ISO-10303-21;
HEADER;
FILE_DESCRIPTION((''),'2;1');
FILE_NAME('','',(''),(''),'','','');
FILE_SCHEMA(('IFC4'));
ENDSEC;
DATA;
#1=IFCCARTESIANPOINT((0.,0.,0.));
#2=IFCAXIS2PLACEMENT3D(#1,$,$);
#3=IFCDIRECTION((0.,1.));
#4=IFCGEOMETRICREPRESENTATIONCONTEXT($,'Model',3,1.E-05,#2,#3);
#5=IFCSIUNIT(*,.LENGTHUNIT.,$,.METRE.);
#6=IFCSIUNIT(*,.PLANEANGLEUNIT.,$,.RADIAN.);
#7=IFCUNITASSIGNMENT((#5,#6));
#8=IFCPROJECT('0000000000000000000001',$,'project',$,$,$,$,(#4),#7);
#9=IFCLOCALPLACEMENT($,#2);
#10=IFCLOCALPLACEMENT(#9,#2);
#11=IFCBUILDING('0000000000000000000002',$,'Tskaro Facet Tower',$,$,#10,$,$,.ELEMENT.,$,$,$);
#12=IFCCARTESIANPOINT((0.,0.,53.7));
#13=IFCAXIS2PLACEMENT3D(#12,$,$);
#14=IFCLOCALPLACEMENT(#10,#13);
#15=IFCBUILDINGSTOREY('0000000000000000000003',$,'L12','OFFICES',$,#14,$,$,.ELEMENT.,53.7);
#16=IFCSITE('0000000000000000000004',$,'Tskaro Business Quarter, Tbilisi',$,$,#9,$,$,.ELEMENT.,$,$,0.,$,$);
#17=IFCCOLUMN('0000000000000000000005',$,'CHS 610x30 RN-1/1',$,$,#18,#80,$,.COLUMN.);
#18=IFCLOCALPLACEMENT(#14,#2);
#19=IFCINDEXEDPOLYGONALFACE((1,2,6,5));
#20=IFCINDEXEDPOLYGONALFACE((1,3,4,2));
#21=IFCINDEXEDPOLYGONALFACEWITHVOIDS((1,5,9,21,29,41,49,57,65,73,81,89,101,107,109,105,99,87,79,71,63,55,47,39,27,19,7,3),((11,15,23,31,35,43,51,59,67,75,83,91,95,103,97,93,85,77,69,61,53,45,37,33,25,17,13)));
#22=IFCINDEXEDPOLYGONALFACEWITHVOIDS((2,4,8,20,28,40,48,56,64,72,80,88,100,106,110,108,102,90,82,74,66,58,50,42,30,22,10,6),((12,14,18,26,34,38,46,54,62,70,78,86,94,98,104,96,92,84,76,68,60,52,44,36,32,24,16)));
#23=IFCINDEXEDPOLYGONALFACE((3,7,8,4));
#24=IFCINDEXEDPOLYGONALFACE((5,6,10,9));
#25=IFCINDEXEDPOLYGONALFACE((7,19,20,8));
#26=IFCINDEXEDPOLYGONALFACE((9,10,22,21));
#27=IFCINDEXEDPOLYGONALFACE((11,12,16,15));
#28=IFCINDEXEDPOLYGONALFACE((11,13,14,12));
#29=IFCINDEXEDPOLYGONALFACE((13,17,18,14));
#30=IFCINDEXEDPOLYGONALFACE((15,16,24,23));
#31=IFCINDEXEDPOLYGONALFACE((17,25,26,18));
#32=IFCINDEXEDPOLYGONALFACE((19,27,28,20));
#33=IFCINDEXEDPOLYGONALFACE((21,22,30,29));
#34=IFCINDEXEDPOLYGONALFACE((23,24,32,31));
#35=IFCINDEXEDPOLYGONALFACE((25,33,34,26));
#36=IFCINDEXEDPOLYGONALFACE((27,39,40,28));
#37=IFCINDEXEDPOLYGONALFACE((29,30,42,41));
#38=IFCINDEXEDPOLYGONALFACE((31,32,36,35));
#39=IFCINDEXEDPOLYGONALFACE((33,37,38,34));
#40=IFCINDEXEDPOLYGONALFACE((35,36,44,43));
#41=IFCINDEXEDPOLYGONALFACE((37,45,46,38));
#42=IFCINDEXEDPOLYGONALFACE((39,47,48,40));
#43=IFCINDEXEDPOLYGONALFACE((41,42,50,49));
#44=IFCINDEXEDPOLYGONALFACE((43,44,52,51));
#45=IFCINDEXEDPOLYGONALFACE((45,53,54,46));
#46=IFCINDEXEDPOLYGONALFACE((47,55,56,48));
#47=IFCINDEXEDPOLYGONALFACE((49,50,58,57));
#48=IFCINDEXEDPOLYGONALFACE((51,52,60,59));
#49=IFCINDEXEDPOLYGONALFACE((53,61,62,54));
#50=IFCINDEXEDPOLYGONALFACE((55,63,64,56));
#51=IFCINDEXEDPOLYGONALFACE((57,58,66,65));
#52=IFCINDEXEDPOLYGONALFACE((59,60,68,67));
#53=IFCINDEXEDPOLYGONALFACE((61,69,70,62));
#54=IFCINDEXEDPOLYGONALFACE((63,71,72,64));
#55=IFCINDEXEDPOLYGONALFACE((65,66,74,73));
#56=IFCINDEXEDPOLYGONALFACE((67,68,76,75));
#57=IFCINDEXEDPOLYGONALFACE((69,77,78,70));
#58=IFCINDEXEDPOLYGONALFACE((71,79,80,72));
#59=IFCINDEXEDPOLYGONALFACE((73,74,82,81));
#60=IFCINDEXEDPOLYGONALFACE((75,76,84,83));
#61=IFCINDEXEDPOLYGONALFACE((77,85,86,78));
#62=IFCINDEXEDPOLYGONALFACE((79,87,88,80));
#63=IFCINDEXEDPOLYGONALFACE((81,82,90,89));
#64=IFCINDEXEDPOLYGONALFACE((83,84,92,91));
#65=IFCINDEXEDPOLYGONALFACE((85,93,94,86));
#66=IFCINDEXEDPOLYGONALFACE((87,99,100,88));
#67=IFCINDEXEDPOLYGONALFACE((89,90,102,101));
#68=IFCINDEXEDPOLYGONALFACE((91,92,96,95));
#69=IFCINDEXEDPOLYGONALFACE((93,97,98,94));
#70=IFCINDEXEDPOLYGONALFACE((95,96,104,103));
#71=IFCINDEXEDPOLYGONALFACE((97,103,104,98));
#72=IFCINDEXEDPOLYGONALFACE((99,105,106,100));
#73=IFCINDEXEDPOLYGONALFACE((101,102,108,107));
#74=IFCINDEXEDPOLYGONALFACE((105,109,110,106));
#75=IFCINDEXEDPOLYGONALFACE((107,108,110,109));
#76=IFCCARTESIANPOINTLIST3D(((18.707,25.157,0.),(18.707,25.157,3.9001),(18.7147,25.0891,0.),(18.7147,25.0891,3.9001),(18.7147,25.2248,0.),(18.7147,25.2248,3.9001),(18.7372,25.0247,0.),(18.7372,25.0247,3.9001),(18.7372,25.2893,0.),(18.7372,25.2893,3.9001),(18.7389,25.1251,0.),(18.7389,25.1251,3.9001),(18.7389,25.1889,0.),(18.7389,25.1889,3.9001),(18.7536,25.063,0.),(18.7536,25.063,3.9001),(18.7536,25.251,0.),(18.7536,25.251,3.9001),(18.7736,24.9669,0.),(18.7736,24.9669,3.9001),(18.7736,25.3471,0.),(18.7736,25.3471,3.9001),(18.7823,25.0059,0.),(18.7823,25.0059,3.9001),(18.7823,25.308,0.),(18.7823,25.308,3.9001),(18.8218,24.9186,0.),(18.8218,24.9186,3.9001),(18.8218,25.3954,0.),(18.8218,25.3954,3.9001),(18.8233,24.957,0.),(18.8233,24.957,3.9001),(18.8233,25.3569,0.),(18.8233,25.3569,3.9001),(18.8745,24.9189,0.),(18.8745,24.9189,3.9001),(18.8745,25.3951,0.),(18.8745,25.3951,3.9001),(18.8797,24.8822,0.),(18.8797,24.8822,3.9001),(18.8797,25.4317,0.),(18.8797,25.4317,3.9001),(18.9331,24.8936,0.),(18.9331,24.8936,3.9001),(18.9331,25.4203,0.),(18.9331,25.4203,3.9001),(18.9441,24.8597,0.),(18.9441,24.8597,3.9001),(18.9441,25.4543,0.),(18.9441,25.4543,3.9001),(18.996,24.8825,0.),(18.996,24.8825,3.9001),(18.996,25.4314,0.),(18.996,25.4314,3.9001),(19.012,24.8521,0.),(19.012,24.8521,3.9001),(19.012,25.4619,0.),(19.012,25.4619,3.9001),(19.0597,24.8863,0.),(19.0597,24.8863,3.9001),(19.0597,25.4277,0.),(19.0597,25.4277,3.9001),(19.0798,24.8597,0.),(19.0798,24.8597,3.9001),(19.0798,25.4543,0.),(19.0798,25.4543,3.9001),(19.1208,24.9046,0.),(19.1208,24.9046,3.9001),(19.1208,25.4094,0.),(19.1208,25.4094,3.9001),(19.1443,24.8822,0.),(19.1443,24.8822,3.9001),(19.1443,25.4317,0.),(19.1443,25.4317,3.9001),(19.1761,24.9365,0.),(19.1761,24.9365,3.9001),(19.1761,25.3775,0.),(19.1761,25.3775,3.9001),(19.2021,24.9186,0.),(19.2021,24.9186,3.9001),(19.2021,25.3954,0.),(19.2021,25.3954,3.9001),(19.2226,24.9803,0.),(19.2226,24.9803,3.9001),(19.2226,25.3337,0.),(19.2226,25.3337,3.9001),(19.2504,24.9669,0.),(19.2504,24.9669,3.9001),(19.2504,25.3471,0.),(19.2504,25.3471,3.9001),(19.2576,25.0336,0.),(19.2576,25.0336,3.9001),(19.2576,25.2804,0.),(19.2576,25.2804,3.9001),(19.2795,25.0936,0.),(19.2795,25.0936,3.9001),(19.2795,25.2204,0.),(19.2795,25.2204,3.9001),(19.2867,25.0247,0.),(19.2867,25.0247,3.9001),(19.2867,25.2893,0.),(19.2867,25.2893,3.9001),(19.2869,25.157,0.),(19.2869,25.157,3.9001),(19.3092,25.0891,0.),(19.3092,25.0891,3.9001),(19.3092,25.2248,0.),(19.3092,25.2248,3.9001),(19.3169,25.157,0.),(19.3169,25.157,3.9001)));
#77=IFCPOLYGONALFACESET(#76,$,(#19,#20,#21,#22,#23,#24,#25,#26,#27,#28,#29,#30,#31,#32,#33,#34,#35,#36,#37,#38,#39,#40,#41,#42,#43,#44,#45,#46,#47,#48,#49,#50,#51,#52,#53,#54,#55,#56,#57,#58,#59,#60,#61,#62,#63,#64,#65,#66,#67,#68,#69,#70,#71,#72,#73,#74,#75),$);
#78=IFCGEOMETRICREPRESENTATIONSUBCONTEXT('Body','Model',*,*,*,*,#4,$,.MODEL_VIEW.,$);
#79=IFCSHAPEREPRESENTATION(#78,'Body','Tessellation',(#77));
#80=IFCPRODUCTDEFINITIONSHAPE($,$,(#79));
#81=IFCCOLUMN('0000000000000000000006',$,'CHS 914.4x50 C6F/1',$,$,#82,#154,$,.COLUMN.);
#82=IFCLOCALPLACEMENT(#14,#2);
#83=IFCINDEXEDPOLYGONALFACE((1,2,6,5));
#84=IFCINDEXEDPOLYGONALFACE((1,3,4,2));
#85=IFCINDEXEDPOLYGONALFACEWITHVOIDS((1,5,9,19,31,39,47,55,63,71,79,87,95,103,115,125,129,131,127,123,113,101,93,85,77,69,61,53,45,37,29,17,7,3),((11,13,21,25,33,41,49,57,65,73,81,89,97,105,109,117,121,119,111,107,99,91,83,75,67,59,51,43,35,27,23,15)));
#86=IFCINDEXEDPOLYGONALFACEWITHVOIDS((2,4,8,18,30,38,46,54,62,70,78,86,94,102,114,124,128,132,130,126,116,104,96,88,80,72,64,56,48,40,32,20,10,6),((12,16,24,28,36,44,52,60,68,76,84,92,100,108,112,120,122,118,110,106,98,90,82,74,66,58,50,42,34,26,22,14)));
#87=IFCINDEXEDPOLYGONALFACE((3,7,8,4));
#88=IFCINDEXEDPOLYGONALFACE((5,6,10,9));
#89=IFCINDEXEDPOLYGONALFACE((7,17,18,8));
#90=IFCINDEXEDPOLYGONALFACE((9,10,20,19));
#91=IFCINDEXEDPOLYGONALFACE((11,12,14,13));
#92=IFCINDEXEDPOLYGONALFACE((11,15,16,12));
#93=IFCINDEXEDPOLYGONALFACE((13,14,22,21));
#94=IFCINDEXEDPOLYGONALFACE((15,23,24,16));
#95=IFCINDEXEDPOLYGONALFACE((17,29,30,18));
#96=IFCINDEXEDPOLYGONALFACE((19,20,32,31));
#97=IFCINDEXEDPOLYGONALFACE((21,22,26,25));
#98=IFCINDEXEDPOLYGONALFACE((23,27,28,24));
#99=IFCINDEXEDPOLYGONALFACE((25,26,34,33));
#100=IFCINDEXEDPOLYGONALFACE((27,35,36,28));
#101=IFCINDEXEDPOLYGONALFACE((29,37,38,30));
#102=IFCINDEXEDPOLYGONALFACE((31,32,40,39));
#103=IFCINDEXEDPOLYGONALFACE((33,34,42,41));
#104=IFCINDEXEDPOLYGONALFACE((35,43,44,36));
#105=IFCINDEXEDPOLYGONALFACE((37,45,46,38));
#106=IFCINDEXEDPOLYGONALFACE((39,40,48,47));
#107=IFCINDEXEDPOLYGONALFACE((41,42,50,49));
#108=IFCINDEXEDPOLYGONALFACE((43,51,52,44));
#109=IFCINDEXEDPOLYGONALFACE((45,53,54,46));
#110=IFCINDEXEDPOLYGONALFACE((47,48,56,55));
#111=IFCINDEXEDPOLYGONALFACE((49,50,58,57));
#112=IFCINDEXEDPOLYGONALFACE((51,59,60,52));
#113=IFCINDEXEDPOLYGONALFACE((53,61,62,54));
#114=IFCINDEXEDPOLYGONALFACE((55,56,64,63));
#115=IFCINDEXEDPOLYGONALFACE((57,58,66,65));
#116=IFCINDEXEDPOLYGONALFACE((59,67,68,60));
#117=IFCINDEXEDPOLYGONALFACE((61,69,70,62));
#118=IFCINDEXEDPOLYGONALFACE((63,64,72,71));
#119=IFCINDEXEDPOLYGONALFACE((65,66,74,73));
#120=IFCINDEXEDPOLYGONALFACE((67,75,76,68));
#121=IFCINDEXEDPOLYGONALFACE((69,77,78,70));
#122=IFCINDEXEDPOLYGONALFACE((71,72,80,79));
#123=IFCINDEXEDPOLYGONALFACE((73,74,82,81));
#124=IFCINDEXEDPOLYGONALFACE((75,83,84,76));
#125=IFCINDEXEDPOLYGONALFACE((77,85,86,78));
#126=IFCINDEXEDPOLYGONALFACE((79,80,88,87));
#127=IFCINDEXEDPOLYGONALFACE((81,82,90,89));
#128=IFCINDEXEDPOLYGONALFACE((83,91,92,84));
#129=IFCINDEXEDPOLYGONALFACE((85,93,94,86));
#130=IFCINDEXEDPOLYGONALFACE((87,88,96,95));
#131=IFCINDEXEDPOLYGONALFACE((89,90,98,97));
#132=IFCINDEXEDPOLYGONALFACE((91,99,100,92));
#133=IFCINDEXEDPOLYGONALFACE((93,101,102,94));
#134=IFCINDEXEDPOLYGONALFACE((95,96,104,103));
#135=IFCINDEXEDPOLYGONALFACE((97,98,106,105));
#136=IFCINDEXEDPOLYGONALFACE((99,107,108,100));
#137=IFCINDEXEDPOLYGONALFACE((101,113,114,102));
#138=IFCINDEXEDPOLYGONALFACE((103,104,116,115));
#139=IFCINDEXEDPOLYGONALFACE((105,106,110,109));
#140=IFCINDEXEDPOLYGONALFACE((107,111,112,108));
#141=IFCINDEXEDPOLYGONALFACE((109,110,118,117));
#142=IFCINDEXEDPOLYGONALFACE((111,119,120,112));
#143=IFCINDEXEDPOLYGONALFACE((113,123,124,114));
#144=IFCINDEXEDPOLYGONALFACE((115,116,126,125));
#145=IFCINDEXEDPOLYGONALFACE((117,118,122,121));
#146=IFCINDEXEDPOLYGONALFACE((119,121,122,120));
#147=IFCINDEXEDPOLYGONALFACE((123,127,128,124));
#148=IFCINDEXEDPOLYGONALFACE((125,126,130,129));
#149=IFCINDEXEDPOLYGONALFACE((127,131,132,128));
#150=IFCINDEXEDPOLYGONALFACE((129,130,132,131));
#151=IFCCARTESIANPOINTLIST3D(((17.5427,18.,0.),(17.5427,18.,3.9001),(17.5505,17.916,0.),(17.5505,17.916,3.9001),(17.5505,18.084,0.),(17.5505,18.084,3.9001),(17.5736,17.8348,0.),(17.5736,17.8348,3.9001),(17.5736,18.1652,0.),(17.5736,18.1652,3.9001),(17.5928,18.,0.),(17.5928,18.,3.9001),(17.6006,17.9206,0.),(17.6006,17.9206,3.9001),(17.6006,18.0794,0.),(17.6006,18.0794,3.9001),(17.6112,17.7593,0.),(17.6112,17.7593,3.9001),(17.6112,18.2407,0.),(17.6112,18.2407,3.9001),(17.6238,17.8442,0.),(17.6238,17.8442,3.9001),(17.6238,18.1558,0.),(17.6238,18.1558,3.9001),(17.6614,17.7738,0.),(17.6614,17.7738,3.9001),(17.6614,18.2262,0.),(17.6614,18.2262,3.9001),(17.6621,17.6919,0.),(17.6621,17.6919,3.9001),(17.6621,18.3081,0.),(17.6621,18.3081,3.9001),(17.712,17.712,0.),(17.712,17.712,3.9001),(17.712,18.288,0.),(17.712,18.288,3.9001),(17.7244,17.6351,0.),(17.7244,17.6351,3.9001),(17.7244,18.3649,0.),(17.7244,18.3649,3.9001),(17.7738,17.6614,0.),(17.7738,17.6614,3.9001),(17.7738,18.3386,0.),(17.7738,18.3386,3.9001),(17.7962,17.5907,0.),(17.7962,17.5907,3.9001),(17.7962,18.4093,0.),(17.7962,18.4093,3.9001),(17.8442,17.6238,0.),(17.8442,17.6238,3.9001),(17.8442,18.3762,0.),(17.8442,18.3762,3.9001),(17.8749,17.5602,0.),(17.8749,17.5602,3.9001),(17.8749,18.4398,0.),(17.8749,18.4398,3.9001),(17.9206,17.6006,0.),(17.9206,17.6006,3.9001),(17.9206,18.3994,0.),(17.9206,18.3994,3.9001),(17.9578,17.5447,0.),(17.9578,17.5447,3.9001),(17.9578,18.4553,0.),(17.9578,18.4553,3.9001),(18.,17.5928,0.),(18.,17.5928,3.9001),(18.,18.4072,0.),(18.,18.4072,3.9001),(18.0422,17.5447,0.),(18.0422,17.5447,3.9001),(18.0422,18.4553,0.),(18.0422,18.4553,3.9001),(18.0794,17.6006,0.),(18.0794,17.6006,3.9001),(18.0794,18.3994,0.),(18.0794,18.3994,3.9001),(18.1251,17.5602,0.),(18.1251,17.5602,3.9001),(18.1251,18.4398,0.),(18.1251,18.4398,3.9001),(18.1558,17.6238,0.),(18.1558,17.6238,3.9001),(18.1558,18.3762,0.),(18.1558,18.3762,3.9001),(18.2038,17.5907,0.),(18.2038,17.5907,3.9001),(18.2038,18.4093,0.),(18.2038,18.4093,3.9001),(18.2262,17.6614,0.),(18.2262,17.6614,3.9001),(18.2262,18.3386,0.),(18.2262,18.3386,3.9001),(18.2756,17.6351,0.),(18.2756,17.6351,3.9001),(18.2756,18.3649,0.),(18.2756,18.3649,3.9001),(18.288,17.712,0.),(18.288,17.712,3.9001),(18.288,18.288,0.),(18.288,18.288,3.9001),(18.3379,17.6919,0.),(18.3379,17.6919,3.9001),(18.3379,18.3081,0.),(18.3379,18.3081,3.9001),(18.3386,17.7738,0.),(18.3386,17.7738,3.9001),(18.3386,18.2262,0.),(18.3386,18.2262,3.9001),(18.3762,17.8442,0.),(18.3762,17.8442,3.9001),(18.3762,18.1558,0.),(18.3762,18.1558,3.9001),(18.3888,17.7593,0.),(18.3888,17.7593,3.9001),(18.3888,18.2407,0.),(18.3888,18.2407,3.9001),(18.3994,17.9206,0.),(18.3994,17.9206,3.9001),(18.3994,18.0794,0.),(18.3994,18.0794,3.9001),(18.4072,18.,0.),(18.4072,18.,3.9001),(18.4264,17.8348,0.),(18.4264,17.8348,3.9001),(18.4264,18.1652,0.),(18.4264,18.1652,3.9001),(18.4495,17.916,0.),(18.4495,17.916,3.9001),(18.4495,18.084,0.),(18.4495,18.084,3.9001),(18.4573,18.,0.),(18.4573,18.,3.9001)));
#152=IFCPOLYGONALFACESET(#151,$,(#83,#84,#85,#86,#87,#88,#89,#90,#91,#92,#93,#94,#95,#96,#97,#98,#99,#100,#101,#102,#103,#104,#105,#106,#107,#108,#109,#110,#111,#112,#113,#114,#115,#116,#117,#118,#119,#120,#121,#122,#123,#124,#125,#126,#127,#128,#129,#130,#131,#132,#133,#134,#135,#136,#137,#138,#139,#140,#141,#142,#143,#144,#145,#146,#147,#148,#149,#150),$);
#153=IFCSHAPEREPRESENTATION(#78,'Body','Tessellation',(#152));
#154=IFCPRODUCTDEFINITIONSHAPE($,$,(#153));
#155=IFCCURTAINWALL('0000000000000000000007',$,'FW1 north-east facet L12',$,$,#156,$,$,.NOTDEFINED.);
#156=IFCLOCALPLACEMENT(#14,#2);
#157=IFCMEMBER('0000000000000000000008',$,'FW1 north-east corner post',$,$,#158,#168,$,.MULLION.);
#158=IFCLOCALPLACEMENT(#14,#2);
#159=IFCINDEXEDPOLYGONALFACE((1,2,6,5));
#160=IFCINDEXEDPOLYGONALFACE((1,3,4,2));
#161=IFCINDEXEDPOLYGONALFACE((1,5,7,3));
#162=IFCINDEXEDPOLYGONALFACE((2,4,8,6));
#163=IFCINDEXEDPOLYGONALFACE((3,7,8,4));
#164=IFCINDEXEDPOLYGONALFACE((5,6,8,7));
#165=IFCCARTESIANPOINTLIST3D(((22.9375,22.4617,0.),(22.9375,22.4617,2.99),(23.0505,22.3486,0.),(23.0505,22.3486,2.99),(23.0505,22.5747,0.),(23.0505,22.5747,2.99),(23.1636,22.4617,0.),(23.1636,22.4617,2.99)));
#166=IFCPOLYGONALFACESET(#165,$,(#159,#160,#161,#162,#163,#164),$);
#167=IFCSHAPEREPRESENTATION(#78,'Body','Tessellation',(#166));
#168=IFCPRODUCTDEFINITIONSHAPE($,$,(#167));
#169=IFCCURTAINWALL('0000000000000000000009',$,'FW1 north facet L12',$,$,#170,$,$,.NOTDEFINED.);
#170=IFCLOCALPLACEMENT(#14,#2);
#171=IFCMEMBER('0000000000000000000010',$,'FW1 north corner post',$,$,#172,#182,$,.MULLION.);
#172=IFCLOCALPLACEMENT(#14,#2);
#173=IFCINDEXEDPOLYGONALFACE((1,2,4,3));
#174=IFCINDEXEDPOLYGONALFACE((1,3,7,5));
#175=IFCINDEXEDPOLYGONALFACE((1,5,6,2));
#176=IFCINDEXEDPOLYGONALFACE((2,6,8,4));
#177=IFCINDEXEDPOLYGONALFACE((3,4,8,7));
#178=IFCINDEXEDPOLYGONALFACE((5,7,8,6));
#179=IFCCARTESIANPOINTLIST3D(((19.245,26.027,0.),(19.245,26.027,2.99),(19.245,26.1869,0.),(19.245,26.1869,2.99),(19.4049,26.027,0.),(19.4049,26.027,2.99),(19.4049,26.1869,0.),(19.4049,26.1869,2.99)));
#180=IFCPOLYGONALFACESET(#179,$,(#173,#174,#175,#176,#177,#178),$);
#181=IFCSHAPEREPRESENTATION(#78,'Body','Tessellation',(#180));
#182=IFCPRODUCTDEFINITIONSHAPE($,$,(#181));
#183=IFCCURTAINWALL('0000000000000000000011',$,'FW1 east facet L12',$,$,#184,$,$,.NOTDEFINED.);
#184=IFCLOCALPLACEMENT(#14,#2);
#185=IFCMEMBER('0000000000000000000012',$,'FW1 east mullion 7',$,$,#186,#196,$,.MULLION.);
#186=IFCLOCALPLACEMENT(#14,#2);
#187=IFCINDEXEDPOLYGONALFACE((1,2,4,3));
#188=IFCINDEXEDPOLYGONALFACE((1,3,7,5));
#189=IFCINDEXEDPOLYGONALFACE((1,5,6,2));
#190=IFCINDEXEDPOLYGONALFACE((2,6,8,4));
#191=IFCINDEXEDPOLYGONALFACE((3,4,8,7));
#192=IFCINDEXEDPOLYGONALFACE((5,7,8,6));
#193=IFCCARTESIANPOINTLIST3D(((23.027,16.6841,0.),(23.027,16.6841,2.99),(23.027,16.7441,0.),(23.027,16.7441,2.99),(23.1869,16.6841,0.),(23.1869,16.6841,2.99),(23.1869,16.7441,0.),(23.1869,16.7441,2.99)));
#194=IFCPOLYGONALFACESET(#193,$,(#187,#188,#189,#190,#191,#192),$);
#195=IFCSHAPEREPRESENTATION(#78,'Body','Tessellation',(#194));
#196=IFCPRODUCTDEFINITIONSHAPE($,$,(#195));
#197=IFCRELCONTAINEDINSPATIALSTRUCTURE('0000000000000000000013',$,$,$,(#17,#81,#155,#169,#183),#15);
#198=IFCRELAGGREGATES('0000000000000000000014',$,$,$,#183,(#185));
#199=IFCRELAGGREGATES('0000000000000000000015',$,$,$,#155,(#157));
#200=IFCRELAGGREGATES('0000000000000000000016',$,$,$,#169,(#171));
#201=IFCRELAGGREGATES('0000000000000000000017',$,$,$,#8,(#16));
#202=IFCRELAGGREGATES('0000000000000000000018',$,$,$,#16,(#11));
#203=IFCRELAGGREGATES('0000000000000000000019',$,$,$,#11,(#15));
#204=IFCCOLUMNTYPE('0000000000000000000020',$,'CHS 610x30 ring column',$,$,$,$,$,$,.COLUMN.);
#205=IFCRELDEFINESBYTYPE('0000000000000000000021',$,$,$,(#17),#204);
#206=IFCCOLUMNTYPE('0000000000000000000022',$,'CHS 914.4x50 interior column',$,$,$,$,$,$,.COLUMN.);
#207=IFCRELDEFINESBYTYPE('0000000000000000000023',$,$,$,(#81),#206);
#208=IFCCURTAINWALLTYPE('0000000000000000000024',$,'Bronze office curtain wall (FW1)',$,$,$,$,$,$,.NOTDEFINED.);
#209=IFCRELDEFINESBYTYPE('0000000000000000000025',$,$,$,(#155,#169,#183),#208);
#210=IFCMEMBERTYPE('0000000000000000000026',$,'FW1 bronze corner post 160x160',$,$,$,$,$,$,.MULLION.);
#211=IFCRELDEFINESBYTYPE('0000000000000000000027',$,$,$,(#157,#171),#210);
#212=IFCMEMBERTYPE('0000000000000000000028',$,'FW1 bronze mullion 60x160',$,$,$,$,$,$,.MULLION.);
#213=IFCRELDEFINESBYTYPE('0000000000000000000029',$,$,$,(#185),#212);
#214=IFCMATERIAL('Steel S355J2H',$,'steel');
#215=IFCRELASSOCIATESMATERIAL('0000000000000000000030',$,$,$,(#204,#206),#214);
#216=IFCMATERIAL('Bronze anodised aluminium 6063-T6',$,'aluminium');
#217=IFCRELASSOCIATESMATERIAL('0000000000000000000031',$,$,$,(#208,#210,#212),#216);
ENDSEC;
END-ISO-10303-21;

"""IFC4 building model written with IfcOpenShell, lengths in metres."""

from ifc_helpers import new_model, si_unit, direction, frame, origin, origin_2d, place, context, subcontext, project, spatial, rectangle, hollow_circle, extrude, material, material_profile, profile_set, type_object, element, aggregate, save


model = new_model("IFC4")

# Units and contexts
model_context = context("Model", 3, precision=1e-05, world=origin(), true_north=direction((0.0, 1.0)))
body_context = subcontext(model_context, "Body", "Model", "MODEL_VIEW")
ifc_project = project(units=[si_unit("LENGTHUNIT", "METRE"), si_unit("PLANEANGLEUNIT", "RADIAN")], contexts=[model_context])

# Site, building, storey
site_placement = place(None, origin())
site = spatial("IfcSite", under=ifc_project, at=site_placement, Name="Tskaro Business Quarter, Tbilisi", CompositionType="ELEMENT", RefElevation=0.0)
building_placement = place(site_placement, origin())
building = spatial("IfcBuilding", under=site, at=building_placement, Name="Tskaro Facet Tower", CompositionType="ELEMENT")
storey_placement = place(building_placement, frame((0.0, 0.0, 53.7)))
storey = spatial("IfcBuildingStorey", under=building, at=storey_placement, Name="L12", Description="OFFICES", CompositionType="ELEMENT", Elevation=53.7)

# Columns
ifc_material_1 = material(Name="Steel S355J2H", Category="steel")
ifc_material_profile_1 = material_profile(ifc_material_1, hollow_circle(Radius=0.3049, WallThickness=0.03, at=origin_2d()), Name="CHS 610x30")
ifc_profile_set_1 = profile_set([ifc_material_profile_1], Name="Steel S355J2H")
column_type_1 = type_object("IfcColumnType", Name="CHS 610x30 ring column", PredefinedType="COLUMN", material=ifc_profile_set_1)
for number, where, z_axis, x_axis, name in (
    (1, (19.012, 25.157, 0.0), (0.0, 0.0, 1.0), (1.0, 0.0, 0.0), "CHS 610x30 RN-1/1"),
):
    element("IfcColumn", number, at=place(storey_placement, frame(where, z_axis=z_axis, x_axis=x_axis)), inside=storey, type_object=column_type_1, Name=name, PredefinedType="COLUMN", context=body_context, shape_type="SweptSolid", body=[
        extrude(hollow_circle(Radius=0.3049, WallThickness=0.03, at=origin_2d()), origin(), (0.0, 0.0, 1.0), 3.9001),
    ])
ifc_material_profile_2 = material_profile(ifc_material_1, hollow_circle(Radius=0.4573, WallThickness=0.05, at=origin_2d()), Name="CHS 914.4x50")
ifc_profile_set_2 = profile_set([ifc_material_profile_2], Name="Steel S355J2H")
column_type_2 = type_object("IfcColumnType", Name="CHS 914.4x50 interior column", PredefinedType="COLUMN", material=ifc_profile_set_2)
column_placement = place(storey_placement, frame((18.0, 18.0, 0.0), z_axis=(0.0, 0.0, 1.0), x_axis=(1.0, 0.0, 0.0)))
element("IfcColumn", 2, at=column_placement, inside=storey, type_object=column_type_2, Name="CHS 914.4x50 C6F/1", PredefinedType="COLUMN", context=body_context, shape_type="SweptSolid", body=[
    extrude(hollow_circle(Radius=0.4573, WallThickness=0.05, at=origin_2d()), origin(), (0.0, 0.0, 1.0), 3.9001),
])

# Curtain walls, members
ifc_material_2 = material(Name="Bronze anodised aluminium 6063-T6", Category="aluminium")
curtain_wall_type = type_object("IfcCurtainWallType", Name="Bronze office curtain wall (FW1)", PredefinedType="NOTDEFINED", material=ifc_material_2)
curtain_wall_1_placement = place(storey_placement, origin())
curtain_wall_1 = element("IfcCurtainWall", 3, at=curtain_wall_1_placement, inside=storey, type_object=curtain_wall_type, Name="FW1 north-east facet L12", PredefinedType="NOTDEFINED")
ifc_material_profile_3 = material_profile(ifc_material_2, rectangle(XDim=0.1599, YDim=0.1599, at=origin_2d()), Name="Corner post 160x160")
ifc_profile_set_3 = profile_set([ifc_material_profile_3], Name="Bronze anodised aluminium 6063-T6")
member_type_1 = type_object("IfcMemberType", Name="FW1 bronze corner post 160x160", PredefinedType="MULLION", material=ifc_profile_set_3)
member_1_placement = place(storey_placement, frame((23.0505, 22.4617, 0.0), z_axis=(0.0, 0.0, 1.0), x_axis=(-0.707107, 0.707107, 0.0)))
member_1 = element("IfcMember", 4, at=member_1_placement, type_object=member_type_1, Name="FW1 north-east corner post", PredefinedType="MULLION", context=body_context, shape_type="SweptSolid", body=[
    extrude(rectangle(XDim=0.1599, YDim=0.1599, at=origin_2d()), origin(), (0.0, 0.0, 1.0), 2.99),
])
curtain_wall_2_placement = place(storey_placement, origin())
curtain_wall_2 = element("IfcCurtainWall", 5, at=curtain_wall_2_placement, inside=storey, type_object=curtain_wall_type, Name="FW1 north facet L12", PredefinedType="NOTDEFINED")
member_2_placement = place(storey_placement, frame((19.325, 26.1069, 0.0), z_axis=(0.0, 0.0, 1.0), x_axis=(-1.0, 0.0, 0.0)))
member_2 = element("IfcMember", 6, at=member_2_placement, type_object=member_type_1, Name="FW1 north corner post", PredefinedType="MULLION", context=body_context, shape_type="SweptSolid", body=[
    extrude(rectangle(XDim=0.1599, YDim=0.1599, at=origin_2d()), origin(), (0.0, 0.0, 1.0), 2.99),
])

# Curtain wall, member
curtain_wall_3_placement = place(storey_placement, origin())
curtain_wall_3 = element("IfcCurtainWall", 7, at=curtain_wall_3_placement, inside=storey, type_object=curtain_wall_type, Name="FW1 east facet L12", PredefinedType="NOTDEFINED")
ifc_material_profile_4 = material_profile(ifc_material_2, rectangle(XDim=0.0601, YDim=0.1599, at=origin_2d()), Name="Mullion 60x160")
ifc_profile_set_4 = profile_set([ifc_material_profile_4], Name="Bronze anodised aluminium 6063-T6")
member_type_2 = type_object("IfcMemberType", Name="FW1 bronze mullion 60x160", PredefinedType="MULLION", material=ifc_profile_set_4)
member_3_placement = place(storey_placement, frame((23.1069, 16.7141, 0.0), z_axis=(0.0, 0.0, 1.0), x_axis=(0.0, 1.0, 0.0)))
member_3 = element("IfcMember", 8, at=member_3_placement, type_object=member_type_2, Name="FW1 east mullion 7", PredefinedType="MULLION", context=body_context, shape_type="SweptSolid", body=[
    extrude(rectangle(XDim=0.0601, YDim=0.1599, at=origin_2d()), origin(), (0.0, 0.0, 1.0), 2.99),
])

aggregate(curtain_wall_3, [member_3])
aggregate(curtain_wall_1, [member_1])
aggregate(curtain_wall_2, [member_2])

save(model, "model.ifc")
